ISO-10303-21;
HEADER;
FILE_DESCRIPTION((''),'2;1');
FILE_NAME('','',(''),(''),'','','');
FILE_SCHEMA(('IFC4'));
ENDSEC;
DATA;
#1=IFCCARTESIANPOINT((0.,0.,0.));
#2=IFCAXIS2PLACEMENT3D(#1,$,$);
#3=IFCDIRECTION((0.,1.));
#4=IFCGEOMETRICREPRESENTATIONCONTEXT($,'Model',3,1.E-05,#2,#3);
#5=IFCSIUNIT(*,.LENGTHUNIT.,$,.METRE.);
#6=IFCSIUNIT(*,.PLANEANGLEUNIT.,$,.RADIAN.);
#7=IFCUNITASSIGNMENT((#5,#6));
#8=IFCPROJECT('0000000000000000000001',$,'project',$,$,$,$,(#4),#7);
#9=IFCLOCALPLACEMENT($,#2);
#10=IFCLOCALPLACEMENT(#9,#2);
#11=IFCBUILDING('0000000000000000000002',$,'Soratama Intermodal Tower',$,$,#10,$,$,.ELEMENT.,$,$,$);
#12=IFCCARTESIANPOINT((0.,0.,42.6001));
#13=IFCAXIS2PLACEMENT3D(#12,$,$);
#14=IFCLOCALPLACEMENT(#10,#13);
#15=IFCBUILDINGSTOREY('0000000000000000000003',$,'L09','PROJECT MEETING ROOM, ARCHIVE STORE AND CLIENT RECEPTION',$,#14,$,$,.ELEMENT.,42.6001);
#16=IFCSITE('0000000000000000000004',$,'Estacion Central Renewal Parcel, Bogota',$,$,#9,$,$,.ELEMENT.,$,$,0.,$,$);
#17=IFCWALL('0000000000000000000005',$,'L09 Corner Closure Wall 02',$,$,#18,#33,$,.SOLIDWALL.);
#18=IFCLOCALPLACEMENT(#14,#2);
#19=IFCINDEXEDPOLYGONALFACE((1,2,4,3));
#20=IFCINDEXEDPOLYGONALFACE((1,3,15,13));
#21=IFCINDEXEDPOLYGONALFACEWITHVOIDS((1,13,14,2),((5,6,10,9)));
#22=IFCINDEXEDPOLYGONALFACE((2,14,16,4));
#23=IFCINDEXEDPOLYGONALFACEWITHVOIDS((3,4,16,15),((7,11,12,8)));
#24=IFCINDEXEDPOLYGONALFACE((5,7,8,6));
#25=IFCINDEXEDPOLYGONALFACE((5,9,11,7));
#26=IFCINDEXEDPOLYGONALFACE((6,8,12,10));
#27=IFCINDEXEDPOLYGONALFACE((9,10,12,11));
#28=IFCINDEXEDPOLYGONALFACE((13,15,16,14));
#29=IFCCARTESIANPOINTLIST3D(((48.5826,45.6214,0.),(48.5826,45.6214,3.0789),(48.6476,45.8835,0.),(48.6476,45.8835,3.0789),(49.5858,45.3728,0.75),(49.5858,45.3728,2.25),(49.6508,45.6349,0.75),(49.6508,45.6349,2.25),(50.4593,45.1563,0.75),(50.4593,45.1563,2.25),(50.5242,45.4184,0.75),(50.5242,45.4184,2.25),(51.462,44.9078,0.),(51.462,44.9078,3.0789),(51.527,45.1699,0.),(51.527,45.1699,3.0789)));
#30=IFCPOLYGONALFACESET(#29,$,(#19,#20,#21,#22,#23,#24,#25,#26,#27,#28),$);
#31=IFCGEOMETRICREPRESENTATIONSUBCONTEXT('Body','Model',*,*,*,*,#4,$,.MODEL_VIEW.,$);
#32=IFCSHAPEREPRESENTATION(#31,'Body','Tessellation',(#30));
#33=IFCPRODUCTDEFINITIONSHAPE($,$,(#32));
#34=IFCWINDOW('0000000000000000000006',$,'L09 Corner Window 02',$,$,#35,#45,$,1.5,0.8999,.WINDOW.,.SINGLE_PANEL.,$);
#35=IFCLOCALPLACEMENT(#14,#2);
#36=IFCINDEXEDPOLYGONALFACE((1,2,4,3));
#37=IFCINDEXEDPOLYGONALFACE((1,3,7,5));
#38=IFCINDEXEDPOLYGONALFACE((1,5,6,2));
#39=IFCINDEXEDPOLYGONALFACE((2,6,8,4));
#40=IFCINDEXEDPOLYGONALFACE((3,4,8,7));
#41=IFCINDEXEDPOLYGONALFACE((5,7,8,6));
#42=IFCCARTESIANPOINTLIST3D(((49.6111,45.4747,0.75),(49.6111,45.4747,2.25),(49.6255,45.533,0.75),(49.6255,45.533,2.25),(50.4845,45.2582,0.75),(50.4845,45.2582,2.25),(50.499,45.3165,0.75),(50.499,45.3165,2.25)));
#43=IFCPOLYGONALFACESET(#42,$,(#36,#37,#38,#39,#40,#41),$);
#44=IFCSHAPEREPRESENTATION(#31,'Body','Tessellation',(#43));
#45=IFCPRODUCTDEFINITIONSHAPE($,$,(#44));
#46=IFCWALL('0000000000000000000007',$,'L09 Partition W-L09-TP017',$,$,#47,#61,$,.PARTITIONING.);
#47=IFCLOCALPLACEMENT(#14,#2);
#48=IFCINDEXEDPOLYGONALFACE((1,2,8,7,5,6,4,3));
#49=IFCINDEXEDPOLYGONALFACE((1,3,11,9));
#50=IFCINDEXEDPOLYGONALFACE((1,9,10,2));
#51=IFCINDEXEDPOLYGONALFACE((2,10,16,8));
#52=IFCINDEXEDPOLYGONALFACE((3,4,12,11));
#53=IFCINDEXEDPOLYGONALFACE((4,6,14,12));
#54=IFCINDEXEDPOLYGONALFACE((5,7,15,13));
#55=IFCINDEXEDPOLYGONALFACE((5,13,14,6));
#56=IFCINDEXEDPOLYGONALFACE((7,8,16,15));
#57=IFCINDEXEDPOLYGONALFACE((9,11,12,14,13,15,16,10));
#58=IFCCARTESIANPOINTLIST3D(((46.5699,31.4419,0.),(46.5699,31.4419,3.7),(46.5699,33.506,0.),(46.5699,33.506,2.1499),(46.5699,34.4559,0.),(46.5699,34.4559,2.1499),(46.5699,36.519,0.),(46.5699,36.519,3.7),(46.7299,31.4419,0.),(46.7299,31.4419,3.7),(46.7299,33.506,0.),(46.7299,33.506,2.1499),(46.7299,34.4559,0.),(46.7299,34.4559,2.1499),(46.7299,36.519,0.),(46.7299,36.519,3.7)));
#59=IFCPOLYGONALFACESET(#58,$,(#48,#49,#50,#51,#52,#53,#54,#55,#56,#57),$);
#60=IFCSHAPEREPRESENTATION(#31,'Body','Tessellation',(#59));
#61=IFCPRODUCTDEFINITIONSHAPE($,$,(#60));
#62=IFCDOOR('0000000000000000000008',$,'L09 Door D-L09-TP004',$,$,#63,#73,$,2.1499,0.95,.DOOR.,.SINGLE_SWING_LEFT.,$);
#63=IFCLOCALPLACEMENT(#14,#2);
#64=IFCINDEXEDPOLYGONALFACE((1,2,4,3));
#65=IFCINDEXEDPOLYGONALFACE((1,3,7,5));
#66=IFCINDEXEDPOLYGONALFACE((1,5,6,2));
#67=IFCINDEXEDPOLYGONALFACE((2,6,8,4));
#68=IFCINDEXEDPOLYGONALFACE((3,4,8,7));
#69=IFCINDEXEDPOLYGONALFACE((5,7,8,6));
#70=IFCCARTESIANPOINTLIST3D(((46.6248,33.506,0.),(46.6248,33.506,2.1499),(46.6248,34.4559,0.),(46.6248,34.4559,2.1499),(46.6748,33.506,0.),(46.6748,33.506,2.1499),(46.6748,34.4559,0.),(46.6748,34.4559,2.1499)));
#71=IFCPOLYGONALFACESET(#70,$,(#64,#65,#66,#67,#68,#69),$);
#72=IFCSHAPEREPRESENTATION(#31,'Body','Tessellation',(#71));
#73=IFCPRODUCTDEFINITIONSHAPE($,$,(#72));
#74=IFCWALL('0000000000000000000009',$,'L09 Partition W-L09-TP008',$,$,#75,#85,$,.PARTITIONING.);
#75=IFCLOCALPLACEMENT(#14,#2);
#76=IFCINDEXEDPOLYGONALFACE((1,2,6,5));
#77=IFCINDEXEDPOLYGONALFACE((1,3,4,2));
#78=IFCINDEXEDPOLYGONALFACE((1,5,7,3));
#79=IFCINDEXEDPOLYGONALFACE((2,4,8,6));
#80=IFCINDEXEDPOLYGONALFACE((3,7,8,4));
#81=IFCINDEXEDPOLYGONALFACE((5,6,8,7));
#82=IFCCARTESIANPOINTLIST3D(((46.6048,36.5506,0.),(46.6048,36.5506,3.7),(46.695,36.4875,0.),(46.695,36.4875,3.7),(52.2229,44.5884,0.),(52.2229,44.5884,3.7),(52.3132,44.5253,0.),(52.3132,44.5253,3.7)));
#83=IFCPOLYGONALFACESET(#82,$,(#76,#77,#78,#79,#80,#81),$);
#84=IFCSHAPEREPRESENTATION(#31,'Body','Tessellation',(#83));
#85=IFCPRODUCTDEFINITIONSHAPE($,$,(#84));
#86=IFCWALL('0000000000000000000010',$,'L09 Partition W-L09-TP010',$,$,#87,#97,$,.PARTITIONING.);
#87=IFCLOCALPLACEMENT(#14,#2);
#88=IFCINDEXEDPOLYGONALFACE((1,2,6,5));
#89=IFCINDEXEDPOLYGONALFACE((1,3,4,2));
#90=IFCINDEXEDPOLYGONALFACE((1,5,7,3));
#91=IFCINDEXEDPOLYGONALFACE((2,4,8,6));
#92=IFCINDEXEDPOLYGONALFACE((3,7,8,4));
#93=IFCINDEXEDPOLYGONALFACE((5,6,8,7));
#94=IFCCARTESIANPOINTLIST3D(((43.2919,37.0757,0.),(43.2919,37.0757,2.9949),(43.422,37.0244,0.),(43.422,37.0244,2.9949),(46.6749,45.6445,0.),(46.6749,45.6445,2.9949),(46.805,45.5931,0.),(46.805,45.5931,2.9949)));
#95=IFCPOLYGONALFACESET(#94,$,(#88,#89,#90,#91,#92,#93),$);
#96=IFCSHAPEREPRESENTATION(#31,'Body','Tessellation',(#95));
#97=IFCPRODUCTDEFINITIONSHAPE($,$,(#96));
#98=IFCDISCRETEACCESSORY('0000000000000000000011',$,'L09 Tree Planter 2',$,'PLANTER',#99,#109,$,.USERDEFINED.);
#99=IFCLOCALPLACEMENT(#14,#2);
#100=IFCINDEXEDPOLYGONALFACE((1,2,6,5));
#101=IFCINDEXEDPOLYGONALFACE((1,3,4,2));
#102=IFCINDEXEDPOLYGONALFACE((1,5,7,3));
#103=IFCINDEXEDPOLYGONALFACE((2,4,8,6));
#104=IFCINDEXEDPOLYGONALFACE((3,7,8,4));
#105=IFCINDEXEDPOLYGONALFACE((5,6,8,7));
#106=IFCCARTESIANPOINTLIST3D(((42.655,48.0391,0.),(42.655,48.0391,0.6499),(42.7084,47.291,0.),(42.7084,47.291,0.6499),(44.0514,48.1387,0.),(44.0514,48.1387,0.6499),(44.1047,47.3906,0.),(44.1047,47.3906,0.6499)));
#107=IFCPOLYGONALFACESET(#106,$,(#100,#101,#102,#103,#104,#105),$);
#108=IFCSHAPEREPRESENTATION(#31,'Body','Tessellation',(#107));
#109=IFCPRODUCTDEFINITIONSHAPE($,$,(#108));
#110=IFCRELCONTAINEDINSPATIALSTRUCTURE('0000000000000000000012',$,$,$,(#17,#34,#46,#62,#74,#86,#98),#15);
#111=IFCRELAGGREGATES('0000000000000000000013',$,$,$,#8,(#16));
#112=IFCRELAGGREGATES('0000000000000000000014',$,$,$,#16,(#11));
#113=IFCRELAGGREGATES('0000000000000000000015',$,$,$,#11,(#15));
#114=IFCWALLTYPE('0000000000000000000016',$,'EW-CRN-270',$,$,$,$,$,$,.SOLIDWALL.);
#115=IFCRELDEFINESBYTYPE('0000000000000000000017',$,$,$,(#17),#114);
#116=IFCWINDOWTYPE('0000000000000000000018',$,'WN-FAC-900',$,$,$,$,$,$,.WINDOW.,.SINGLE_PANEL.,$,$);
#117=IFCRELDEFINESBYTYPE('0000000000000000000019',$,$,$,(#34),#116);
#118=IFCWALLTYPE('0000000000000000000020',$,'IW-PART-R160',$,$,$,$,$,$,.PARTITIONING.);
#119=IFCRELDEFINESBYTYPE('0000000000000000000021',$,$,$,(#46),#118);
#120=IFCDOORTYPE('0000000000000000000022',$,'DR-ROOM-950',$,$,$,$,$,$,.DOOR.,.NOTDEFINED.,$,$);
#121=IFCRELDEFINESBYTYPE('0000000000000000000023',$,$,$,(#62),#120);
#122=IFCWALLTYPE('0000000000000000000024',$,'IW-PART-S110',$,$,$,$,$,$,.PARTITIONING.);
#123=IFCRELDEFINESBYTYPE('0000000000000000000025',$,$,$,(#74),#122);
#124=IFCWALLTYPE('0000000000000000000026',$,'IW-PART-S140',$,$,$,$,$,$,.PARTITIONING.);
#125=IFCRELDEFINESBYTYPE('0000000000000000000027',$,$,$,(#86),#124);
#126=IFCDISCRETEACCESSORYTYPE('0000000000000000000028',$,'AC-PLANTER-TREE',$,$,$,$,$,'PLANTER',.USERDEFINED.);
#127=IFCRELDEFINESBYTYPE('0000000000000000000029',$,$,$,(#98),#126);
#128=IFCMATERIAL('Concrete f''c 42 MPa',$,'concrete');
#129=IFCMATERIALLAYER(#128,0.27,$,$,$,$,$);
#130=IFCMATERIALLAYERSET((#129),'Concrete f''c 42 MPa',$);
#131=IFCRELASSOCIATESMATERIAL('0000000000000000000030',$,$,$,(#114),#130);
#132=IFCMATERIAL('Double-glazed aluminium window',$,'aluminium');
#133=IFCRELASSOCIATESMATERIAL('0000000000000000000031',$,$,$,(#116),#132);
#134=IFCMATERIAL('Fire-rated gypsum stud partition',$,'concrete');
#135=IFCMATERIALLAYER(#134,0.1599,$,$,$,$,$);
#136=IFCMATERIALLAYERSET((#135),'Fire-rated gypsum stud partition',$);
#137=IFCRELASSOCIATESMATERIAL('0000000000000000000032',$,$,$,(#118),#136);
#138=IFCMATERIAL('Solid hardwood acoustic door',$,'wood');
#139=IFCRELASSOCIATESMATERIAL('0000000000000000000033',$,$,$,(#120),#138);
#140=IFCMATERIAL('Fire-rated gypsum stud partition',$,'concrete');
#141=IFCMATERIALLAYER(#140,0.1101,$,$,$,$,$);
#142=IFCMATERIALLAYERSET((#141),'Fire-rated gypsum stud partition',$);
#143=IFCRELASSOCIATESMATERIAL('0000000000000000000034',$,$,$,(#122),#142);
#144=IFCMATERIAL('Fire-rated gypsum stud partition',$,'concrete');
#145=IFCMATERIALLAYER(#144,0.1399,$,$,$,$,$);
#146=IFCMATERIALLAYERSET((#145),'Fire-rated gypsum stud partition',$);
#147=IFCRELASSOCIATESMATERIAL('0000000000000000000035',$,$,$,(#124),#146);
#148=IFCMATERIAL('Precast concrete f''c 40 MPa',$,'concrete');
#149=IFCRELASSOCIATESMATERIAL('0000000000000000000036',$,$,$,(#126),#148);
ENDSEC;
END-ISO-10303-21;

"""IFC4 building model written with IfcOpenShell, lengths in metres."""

from ifc_helpers import new_model, si_unit, direction, frame, frame_2d, origin, origin_2d, place, context, subcontext, project, spatial, rectangle, extrude, material, layer, layer_set, type_object, element, fill, save


model = new_model("IFC4")

# Units and contexts
model_context = context("Model", 3, precision=1e-05, world=origin(), true_north=direction((0.0, 1.0)))
body_context = subcontext(model_context, "Body", "Model", "MODEL_VIEW")
ifc_project = project(units=[si_unit("LENGTHUNIT", "METRE"), si_unit("PLANEANGLEUNIT", "RADIAN")], contexts=[model_context])

# Site, building, storey
site_placement = place(None, origin())
site = spatial("IfcSite", under=ifc_project, at=site_placement, Name="Estacion Central Renewal Parcel, Bogota", CompositionType="ELEMENT", RefElevation=0.0)
building_placement = place(site_placement, origin())
building = spatial("IfcBuilding", under=site, at=building_placement, Name="Soratama Intermodal Tower", CompositionType="ELEMENT")
storey_placement = place(building_placement, frame((0.0, 0.0, 42.6001)))
storey = spatial("IfcBuildingStorey", under=building, at=storey_placement, Name="L09", Description="PROJECT MEETING ROOM, ARCHIVE STORE AND CLIENT RECEPTION", CompositionType="ELEMENT", Elevation=42.6001)

# Wall, opening, window
ifc_material_1 = material(Name="Concrete f'c 42 MPa", Category="concrete")
ifc_layer_1 = layer(ifc_material_1, 0.27)
ifc_layer_set_1 = layer_set([ifc_layer_1], Name="Concrete f'c 42 MPa")
wall_type_1 = type_object("IfcWallType", Name="EW-CRN-270", PredefinedType="SOLIDWALL", material=ifc_layer_set_1)
wall_1_placement = place(storey_placement, frame((51.4946, 45.0388, 0.0), z_axis=(0.0, 0.0, 1.0), x_axis=(-0.970634, 0.24056, 0.0)))
wall_1 = element("IfcWall", 1, at=wall_1_placement, inside=storey, type_object=wall_type_1, Name="L09 Corner Closure Wall 02", PredefinedType="SOLIDWALL", context=body_context, shape_type="SweptSolid", body=[
    extrude(rectangle(XDim=2.9666, YDim=0.27, at=frame_2d((1.4834, 0.0))), origin(), (0.0, 0.0, 1.0), 3.0789),
])
opening_1_placement = place(wall_1_placement, frame((1.0332, 0.0, 0.75)))
opening_1 = element("IfcOpeningElement", 2, at=opening_1_placement, cuts=wall_1, PredefinedType="OPENING", context=body_context, shape_type="SweptSolid", body=[
    extrude(rectangle(XDim=0.8999, YDim=1.5, at=frame_2d((0.45, 0.75))), frame((0.0, 0.145, 0.0), z_axis=(0.0, -1.0, 0.0), x_axis=(1.0, 0.0, 0.0)), (0.0, 0.0, 1.0), 0.29),
])
ifc_material_2 = material(Name="Double-glazed aluminium window", Category="aluminium")
window_type_1 = type_object("IfcWindowType", Name="WN-FAC-900", PartitioningType="SINGLE_PANEL", PredefinedType="WINDOW", material=ifc_material_2)
window_1_placement = place(opening_1_placement, origin())
window_1 = element("IfcWindow", 3, at=window_1_placement, inside=storey, type_object=window_type_1, Name="L09 Corner Window 02", OverallHeight=1.5, OverallWidth=0.8999, PartitioningType="SINGLE_PANEL", PredefinedType="WINDOW", context=body_context, shape_type="SweptSolid", body=[
    extrude(rectangle(XDim=0.8999, YDim=1.5, at=frame_2d((0.45, 0.75))), frame((0.0, 0.03, 0.0), z_axis=(0.0, -1.0, 0.0), x_axis=(1.0, 0.0, 0.0)), (0.0, 0.0, 1.0), 0.0601),
])
fill(opening_1, window_1)

# Wall, opening, door
ifc_material_3 = material(Name="Fire-rated gypsum stud partition", Category="concrete")
ifc_layer_2 = layer(ifc_material_3, 0.1599)
ifc_layer_set_2 = layer_set([ifc_layer_2], Name="Fire-rated gypsum stud partition")
wall_type_2 = type_object("IfcWallType", Name="IW-PART-R160", PredefinedType="PARTITIONING", material=ifc_layer_set_2)
wall_2_placement = place(storey_placement, frame((46.6499, 36.519, 0.0), z_axis=(0.0, 0.0, 1.0), x_axis=(0.0, -1.0, 0.0)))
wall_2 = element("IfcWall", 4, at=wall_2_placement, inside=storey, type_object=wall_type_2, Name="L09 Partition W-L09-TP017", PredefinedType="PARTITIONING", context=body_context, shape_type="SweptSolid", body=[
    extrude(rectangle(XDim=5.0771, YDim=0.1599, at=frame_2d((2.5386, 0.0))), origin(), (0.0, 0.0, 1.0), 3.7),
])
opening_2_placement = place(wall_2_placement, frame((2.063, 0.0, 0.0)))
opening_2 = element("IfcOpeningElement", 5, at=opening_2_placement, cuts=wall_2, PredefinedType="OPENING", context=body_context, shape_type="SweptSolid", body=[
    extrude(rectangle(XDim=0.95, YDim=2.1499, at=frame_2d((0.4751, 1.075))), frame((0.0, 0.0898, 0.0), z_axis=(0.0, -1.0, 0.0), x_axis=(1.0, 0.0, 0.0)), (0.0, 0.0, 1.0), 0.1799),
])
ifc_material_4 = material(Name="Solid hardwood acoustic door", Category="wood")
door_type_1 = type_object("IfcDoorType", Name="DR-ROOM-950", OperationType="NOTDEFINED", PredefinedType="DOOR", material=ifc_material_4)
door_1_placement = place(opening_2_placement, origin())
door_1 = element("IfcDoor", 6, at=door_1_placement, inside=storey, type_object=door_type_1, Name="L09 Door D-L09-TP004", OperationType="SINGLE_SWING_LEFT", OverallHeight=2.1499, OverallWidth=0.95, PredefinedType="DOOR", context=body_context, shape_type="SweptSolid", body=[
    extrude(rectangle(XDim=0.95, YDim=2.1499, at=frame_2d((0.4751, 1.075))), frame((0.0, 0.0249, 0.0), z_axis=(0.0, -1.0, 0.0), x_axis=(1.0, 0.0, 0.0)), (0.0, 0.0, 1.0), 0.05),
])
fill(opening_2, door_1)

# Walls
ifc_material_5 = material(Name="Fire-rated gypsum stud partition", Category="concrete")
ifc_layer_3 = layer(ifc_material_5, 0.1101)
ifc_layer_set_3 = layer_set([ifc_layer_3], Name="Fire-rated gypsum stud partition")
wall_type_3 = type_object("IfcWallType", Name="IW-PART-S110", PredefinedType="PARTITIONING", material=ifc_layer_set_3)
wall_3_placement = place(storey_placement, frame((46.6499, 36.519, 0.0), z_axis=(0.0, 0.0, 1.0), x_axis=(0.572892, 0.819631, 0.0)))
element("IfcWall", 7, at=wall_3_placement, inside=storey, type_object=wall_type_3, Name="L09 Partition W-L09-TP008", PredefinedType="PARTITIONING", context=body_context, shape_type="SweptSolid", body=[
    extrude(rectangle(XDim=9.8066, YDim=0.1101, at=frame_2d((4.9033, 0.0))), origin(), (0.0, 0.0, 1.0), 3.7),
])
ifc_material_6 = material(Name="Fire-rated gypsum stud partition", Category="concrete")
ifc_layer_4 = layer(ifc_material_6, 0.1399)
ifc_layer_set_4 = layer_set([ifc_layer_4], Name="Fire-rated gypsum stud partition")
wall_type_4 = type_object("IfcWallType", Name="IW-PART-S140", PredefinedType="PARTITIONING", material=ifc_layer_set_4)
wall_4_placement = place(storey_placement, frame((43.3569, 37.05, 0.0), z_axis=(0.0, 0.0, 1.0), x_axis=(0.367224, 0.930132, 0.0)))
element("IfcWall", 8, at=wall_4_placement, inside=storey, type_object=wall_type_4, Name="L09 Partition W-L09-TP010", PredefinedType="PARTITIONING", context=body_context, shape_type="SweptSolid", body=[
    extrude(rectangle(XDim=9.2124, YDim=0.1399, at=frame_2d((4.6062, 0.0))), origin(), (0.0, 0.0, 1.0), 2.9949),
])

# Discrete accessory
ifc_material_7 = material(Name="Precast concrete f'c 40 MPa", Category="concrete")
discrete_accessory_type = type_object("IfcDiscreteAccessoryType", Name="AC-PLANTER-TREE", ElementType="PLANTER", PredefinedType="USERDEFINED", material=ifc_material_7)
discrete_accessory_placement = place(storey_placement, frame((43.3799, 47.7148, 0.0), z_axis=(0.0, 0.0, 1.0), x_axis=(-0.071149, 0.997466, 0.0)))
element("IfcDiscreteAccessory", 9, at=discrete_accessory_placement, inside=storey, type_object=discrete_accessory_type, Name="L09 Tree Planter 2", ObjectType="PLANTER", PredefinedType="USERDEFINED", context=body_context, shape_type="SweptSolid", body=[
    extrude(rectangle(XDim=0.75, YDim=1.3999, at=origin_2d()), origin(), (0.0, 0.0, 1.0), 0.6499),
])

save(model, "model.ifc")
